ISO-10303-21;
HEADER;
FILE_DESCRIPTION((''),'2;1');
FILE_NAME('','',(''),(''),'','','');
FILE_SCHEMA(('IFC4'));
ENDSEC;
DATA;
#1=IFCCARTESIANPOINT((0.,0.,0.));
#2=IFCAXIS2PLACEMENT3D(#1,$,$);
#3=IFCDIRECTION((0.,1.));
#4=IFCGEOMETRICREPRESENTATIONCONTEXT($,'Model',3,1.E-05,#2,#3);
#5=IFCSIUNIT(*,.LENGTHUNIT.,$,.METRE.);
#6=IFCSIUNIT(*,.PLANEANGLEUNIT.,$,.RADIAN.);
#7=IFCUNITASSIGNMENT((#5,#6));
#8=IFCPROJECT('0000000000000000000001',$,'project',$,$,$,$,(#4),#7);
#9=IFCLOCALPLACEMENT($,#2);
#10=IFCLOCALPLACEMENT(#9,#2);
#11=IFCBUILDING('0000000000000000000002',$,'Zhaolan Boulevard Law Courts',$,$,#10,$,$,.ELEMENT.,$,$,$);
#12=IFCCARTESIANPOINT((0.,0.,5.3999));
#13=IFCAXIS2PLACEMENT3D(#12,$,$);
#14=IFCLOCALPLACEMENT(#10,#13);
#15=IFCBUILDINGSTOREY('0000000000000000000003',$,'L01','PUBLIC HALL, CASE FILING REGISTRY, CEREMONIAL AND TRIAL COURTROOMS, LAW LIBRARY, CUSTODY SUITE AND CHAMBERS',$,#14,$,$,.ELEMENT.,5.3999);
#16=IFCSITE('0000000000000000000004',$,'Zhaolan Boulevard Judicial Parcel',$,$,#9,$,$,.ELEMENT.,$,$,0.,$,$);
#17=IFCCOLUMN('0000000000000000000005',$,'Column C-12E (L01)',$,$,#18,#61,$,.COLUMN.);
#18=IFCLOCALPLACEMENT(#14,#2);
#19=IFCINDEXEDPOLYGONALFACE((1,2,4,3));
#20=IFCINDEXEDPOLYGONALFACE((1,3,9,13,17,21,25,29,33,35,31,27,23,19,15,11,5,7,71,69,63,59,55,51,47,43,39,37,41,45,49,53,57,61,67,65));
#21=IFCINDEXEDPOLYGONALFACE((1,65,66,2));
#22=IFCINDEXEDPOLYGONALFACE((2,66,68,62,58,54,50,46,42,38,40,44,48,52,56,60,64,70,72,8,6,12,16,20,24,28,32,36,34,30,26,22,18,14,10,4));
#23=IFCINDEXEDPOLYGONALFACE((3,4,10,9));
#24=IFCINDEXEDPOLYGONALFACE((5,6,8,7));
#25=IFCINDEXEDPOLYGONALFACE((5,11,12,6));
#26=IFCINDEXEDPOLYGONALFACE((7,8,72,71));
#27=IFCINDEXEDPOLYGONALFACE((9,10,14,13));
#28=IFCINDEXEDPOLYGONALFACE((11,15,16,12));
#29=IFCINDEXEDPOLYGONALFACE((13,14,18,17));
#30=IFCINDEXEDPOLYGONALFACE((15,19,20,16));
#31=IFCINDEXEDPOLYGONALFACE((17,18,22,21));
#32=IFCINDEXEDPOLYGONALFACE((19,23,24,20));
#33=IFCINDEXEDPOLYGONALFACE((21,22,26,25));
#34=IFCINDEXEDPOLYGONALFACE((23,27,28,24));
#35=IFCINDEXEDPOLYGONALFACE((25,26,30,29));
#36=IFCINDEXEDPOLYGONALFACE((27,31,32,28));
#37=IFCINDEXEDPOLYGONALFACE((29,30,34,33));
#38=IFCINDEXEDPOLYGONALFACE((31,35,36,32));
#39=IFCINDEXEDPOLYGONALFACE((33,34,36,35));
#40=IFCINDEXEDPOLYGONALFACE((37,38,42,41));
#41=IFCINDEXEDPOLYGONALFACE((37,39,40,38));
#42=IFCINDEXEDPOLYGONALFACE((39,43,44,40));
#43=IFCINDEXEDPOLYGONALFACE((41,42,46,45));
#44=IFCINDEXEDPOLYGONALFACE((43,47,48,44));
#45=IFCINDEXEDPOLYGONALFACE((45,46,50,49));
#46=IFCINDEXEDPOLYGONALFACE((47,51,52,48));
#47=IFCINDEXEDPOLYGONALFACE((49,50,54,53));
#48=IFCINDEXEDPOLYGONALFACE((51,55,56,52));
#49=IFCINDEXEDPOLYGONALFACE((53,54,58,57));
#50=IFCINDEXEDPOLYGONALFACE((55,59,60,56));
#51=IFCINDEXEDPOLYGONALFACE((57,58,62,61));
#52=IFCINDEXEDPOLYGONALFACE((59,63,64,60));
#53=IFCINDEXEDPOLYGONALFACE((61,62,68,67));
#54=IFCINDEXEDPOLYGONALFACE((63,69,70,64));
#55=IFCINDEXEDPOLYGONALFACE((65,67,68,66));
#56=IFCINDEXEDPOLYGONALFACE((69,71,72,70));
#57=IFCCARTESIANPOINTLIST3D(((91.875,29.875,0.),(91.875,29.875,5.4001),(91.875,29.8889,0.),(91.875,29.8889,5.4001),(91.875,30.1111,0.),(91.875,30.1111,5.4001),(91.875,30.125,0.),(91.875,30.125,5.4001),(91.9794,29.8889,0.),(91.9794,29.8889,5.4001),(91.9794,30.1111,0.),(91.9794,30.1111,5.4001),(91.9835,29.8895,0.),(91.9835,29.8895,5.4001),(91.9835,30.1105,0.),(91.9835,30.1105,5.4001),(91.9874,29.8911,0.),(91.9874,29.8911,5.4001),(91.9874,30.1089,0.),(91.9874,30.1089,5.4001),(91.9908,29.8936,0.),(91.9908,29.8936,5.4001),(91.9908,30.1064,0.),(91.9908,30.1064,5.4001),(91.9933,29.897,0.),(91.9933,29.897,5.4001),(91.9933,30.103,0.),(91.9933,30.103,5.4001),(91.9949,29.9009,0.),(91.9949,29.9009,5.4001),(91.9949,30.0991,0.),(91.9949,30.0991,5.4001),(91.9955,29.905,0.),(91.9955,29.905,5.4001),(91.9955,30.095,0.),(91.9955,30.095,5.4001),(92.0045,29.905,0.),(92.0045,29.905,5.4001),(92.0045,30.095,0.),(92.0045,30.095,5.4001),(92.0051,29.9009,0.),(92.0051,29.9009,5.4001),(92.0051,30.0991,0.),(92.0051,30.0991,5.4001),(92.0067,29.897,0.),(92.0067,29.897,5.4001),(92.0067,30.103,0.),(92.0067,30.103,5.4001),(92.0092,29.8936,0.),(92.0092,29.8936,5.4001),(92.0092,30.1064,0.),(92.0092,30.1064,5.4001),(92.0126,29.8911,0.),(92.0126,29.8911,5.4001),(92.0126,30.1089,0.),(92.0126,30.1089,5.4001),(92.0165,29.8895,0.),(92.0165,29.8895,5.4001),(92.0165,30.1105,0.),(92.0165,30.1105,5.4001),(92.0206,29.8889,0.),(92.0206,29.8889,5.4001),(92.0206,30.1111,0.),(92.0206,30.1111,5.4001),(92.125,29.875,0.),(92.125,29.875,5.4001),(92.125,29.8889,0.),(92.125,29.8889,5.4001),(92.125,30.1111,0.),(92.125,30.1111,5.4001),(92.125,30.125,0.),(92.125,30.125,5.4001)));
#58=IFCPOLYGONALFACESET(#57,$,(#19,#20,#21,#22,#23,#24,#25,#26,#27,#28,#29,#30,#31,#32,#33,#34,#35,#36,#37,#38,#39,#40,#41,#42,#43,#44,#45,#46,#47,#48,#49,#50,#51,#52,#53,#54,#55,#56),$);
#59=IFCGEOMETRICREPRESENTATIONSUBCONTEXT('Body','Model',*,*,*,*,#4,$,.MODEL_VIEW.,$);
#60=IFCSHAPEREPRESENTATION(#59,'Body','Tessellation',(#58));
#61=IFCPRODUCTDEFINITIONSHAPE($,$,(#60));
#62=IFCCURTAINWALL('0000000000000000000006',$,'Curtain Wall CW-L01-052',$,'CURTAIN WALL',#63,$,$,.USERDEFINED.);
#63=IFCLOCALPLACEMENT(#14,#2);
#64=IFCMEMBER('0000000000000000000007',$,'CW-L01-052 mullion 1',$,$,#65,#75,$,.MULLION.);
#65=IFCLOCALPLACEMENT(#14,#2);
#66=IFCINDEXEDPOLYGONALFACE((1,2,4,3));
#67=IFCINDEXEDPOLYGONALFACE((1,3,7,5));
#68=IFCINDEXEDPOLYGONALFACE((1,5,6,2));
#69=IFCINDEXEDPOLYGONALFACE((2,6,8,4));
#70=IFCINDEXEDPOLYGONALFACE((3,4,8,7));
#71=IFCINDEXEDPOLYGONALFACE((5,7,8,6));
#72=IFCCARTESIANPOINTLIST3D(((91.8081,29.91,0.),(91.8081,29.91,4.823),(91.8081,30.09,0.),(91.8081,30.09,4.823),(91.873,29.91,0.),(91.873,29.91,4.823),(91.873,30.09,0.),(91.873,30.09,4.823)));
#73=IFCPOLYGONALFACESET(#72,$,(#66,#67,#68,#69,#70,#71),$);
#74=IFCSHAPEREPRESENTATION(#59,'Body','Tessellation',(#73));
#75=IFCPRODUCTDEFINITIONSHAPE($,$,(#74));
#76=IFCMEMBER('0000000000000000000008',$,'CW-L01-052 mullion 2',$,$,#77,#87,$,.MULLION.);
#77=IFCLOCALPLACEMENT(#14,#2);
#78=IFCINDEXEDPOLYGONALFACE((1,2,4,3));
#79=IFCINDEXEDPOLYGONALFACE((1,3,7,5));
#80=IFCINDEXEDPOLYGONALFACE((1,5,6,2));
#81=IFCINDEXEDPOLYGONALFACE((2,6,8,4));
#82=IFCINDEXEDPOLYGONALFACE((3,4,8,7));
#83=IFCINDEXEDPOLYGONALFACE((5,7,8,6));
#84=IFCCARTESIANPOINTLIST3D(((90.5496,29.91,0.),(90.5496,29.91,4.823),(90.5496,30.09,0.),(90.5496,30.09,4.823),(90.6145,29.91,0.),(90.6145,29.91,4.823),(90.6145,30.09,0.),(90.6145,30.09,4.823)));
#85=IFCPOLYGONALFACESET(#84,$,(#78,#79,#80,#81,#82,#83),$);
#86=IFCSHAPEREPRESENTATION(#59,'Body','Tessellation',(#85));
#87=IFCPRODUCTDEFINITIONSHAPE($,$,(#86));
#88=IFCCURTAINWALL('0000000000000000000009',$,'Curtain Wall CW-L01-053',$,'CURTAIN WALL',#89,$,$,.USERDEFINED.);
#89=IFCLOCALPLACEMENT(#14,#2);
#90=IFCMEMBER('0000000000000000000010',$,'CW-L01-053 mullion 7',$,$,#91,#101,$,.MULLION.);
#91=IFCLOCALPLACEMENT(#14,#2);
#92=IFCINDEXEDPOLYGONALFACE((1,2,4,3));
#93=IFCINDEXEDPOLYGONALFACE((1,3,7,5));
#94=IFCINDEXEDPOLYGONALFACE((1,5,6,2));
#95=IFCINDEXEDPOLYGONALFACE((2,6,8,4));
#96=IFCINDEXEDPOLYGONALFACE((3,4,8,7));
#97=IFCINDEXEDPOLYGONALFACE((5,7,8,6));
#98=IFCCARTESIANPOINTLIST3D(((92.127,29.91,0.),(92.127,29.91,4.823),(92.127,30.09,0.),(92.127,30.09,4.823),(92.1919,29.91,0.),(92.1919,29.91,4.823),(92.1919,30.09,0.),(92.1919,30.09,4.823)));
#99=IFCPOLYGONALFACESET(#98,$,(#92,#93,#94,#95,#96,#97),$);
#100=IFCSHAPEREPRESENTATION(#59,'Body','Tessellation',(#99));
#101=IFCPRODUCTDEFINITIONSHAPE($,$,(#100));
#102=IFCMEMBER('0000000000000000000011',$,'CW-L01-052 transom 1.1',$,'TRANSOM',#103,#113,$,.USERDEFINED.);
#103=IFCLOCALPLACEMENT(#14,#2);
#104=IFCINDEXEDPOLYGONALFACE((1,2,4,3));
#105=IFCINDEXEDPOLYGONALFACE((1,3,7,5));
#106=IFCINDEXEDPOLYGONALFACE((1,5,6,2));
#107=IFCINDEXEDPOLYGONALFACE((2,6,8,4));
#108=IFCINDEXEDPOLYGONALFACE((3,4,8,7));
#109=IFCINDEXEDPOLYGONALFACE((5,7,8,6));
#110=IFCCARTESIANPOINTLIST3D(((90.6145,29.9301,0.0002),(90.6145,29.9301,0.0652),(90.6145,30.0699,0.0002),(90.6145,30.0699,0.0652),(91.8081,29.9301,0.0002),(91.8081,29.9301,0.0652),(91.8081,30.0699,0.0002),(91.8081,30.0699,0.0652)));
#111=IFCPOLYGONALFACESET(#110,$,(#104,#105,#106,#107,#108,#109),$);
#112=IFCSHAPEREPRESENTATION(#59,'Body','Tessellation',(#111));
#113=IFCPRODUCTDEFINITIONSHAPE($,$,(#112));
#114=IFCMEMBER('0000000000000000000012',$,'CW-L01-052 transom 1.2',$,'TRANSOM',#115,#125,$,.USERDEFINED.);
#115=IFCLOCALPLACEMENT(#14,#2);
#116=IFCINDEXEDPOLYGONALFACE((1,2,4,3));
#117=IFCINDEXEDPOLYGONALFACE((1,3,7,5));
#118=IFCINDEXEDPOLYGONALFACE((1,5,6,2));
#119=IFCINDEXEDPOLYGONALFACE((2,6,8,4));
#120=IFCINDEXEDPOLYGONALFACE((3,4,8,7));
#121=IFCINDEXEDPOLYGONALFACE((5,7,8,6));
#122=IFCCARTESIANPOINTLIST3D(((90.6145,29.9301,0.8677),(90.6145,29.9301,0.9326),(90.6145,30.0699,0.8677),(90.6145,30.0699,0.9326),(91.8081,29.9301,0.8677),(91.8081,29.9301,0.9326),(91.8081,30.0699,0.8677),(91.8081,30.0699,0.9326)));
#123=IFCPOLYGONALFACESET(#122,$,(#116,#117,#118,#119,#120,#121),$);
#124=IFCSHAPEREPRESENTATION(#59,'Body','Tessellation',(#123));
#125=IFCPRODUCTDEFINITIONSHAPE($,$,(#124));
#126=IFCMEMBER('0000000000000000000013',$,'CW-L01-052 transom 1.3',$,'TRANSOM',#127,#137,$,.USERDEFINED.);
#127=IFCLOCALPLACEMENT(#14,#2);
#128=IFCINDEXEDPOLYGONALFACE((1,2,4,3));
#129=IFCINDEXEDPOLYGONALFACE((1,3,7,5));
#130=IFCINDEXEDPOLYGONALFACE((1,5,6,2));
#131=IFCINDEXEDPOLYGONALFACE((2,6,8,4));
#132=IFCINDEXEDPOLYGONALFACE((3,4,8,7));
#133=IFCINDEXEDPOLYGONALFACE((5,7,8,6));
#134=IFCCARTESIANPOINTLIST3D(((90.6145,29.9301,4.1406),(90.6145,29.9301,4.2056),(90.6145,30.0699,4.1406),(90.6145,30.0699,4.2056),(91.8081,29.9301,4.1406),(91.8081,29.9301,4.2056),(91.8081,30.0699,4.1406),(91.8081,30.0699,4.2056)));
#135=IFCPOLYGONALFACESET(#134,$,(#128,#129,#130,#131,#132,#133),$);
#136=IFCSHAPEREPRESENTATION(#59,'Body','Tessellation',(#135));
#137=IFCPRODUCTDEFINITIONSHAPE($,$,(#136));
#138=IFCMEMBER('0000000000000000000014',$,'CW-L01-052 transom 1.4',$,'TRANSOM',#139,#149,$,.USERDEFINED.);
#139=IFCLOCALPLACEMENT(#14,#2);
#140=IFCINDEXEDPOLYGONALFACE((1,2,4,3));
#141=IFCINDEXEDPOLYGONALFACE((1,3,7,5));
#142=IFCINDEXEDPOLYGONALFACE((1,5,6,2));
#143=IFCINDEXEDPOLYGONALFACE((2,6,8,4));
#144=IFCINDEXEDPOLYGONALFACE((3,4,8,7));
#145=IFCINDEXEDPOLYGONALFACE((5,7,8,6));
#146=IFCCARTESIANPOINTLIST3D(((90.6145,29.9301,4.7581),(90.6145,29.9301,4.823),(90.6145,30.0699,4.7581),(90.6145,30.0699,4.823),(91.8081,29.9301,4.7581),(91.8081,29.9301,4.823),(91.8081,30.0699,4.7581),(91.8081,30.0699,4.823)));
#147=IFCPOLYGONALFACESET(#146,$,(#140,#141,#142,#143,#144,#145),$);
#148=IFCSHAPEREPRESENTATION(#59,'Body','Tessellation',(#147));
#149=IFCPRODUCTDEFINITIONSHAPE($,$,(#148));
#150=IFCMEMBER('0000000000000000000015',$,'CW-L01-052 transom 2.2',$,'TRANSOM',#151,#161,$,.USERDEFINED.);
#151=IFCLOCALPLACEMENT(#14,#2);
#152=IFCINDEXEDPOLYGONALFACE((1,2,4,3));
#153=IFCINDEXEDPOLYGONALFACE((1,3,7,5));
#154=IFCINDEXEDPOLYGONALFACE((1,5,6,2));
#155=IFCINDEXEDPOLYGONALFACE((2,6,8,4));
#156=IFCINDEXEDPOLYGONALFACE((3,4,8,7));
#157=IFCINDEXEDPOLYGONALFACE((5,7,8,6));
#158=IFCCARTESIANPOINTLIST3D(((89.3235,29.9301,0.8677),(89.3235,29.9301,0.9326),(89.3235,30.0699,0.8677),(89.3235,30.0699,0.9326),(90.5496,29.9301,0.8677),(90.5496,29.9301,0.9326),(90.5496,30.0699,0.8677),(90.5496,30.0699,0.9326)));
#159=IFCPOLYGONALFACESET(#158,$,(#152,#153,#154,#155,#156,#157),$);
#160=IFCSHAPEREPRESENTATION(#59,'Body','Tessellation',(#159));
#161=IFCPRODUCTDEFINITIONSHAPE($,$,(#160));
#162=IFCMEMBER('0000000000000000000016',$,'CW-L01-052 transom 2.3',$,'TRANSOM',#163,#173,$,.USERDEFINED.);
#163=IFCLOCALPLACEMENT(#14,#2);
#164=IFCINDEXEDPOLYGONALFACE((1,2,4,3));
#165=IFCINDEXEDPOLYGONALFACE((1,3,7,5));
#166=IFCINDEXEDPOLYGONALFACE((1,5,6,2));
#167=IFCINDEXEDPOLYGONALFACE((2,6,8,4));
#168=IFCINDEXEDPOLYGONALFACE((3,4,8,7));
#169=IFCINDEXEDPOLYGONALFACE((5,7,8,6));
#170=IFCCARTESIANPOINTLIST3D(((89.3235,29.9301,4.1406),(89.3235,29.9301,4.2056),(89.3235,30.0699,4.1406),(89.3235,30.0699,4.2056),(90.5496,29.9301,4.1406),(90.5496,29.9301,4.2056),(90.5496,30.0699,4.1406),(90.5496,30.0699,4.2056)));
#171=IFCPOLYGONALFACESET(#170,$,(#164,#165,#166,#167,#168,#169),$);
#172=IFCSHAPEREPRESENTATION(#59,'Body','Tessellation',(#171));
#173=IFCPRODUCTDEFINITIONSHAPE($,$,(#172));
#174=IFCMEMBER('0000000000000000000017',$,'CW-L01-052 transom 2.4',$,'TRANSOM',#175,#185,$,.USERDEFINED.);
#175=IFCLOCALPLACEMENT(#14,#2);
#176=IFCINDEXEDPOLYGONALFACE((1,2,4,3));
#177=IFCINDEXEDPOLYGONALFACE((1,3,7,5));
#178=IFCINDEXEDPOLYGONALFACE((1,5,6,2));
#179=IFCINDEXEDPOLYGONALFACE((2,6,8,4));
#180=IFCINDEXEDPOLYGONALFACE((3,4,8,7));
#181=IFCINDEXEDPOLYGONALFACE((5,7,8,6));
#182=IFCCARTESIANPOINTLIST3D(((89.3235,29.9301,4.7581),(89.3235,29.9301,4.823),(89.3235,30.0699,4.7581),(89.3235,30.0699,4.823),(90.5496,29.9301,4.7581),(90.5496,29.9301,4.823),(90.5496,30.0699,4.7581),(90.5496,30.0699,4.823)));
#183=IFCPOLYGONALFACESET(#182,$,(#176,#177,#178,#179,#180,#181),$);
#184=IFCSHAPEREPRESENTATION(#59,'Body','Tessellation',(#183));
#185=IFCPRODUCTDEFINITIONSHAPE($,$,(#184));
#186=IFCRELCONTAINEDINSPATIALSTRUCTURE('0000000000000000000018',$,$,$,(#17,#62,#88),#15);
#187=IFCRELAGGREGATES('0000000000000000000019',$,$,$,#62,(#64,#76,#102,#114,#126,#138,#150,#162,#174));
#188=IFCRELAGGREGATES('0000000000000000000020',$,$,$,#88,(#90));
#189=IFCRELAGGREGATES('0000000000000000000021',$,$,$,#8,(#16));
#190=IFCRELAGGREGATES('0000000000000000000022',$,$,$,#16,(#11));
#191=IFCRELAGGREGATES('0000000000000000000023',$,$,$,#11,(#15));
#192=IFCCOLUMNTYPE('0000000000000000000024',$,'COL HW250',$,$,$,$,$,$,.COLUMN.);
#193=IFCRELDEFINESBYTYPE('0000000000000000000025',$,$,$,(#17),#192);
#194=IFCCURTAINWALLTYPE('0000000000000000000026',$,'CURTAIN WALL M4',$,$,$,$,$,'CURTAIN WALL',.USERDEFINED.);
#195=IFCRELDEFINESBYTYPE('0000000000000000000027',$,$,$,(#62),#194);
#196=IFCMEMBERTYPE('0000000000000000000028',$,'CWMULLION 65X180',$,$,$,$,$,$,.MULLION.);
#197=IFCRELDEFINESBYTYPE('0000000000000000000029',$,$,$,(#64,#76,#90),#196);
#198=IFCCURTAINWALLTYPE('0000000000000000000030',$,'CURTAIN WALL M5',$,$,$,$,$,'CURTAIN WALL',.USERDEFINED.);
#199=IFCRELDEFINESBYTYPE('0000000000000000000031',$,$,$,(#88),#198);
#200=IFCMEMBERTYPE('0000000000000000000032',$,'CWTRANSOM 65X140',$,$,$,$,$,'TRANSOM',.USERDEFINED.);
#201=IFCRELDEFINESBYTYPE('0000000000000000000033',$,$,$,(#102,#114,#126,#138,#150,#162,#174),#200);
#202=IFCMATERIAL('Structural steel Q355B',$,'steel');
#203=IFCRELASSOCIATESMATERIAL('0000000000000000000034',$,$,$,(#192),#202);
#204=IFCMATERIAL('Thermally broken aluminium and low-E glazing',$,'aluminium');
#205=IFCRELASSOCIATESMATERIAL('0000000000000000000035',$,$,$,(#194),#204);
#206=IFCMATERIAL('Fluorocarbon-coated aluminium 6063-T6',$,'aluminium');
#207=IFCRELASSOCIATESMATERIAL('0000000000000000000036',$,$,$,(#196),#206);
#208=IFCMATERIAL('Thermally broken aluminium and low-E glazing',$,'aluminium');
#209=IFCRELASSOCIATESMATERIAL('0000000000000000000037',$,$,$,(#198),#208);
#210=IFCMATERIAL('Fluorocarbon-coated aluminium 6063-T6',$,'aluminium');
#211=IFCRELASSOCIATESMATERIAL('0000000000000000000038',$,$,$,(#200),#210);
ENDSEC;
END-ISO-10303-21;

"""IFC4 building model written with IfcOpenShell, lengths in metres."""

from ifc_helpers import new_model, si_unit, direction, frame, origin, origin_2d, place, context, subcontext, project, spatial, rectangle, i_section, extrude, material, material_profile, profile_set, type_object, element, aggregate, save


model = new_model("IFC4")

# Units and contexts
model_context = context("Model", 3, precision=1e-05, world=origin(), true_north=direction((0.0, 1.0)))
body_context = subcontext(model_context, "Body", "Model", "MODEL_VIEW")
ifc_project = project(units=[si_unit("LENGTHUNIT", "METRE"), si_unit("PLANEANGLEUNIT", "RADIAN")], contexts=[model_context])

# Site, building, storey
site_placement = place(None, origin())
site = spatial("IfcSite", under=ifc_project, at=site_placement, Name="Zhaolan Boulevard Judicial Parcel", CompositionType="ELEMENT", RefElevation=0.0)
building_placement = place(site_placement, origin())
building = spatial("IfcBuilding", under=site, at=building_placement, Name="Zhaolan Boulevard Law Courts", CompositionType="ELEMENT")
storey_placement = place(building_placement, frame((0.0, 0.0, 5.3999)))
storey = spatial("IfcBuildingStorey", under=building, at=storey_placement, Name="L01", Description="PUBLIC HALL, CASE FILING REGISTRY, CEREMONIAL AND TRIAL COURTROOMS, LAW LIBRARY, CUSTODY SUITE AND CHAMBERS", CompositionType="ELEMENT", Elevation=5.3999)

# Column
ifc_material_1 = material(Name="Structural steel Q355B", Category="steel")
ifc_material_profile_1 = material_profile(ifc_material_1, i_section(OverallWidth=0.25, OverallDepth=0.25, WebThickness=0.009, FlangeThickness=0.0139, FilletRadius=0.0161, at=origin_2d()), Name="HW250x250")
ifc_profile_set_1 = profile_set([ifc_material_profile_1], Name="Structural steel Q355B")
column_type = type_object("IfcColumnType", Name="COL HW250", PredefinedType="COLUMN", material=ifc_profile_set_1)
column_placement = place(storey_placement, frame((92.0, 30.0, 0.0), z_axis=(0.0, 0.0, 1.0), x_axis=(1.0, 0.0, 0.0)))
element("IfcColumn", 1, at=column_placement, inside=storey, type_object=column_type, Name="Column C-12E (L01)", PredefinedType="COLUMN", context=body_context, shape_type="SweptSolid", body=[
    extrude(i_section(OverallWidth=0.25, OverallDepth=0.25, WebThickness=0.009, FlangeThickness=0.0139, FilletRadius=0.0161, at=origin_2d()), origin(), (0.0, 0.0, 1.0), 5.4001),
])

# Curtain wall, members
ifc_material_2 = material(Name="Thermally broken aluminium and low-E glazing", Category="aluminium")
curtain_wall_type_1 = type_object("IfcCurtainWallType", Name="CURTAIN WALL M4", ElementType="CURTAIN WALL", PredefinedType="USERDEFINED", material=ifc_material_2)
curtain_wall_1_placement = place(storey_placement, origin())
curtain_wall_1 = element("IfcCurtainWall", 2, at=curtain_wall_1_placement, inside=storey, type_object=curtain_wall_type_1, Name="Curtain Wall CW-L01-052", ObjectType="CURTAIN WALL", PredefinedType="USERDEFINED")
ifc_material_3 = material(Name="Fluorocarbon-coated aluminium 6063-T6", Category="aluminium")
ifc_material_profile_2 = material_profile(ifc_material_3, rectangle(XDim=0.1799, YDim=0.0649, at=origin_2d()), Name="AL65x180")
ifc_profile_set_2 = profile_set([ifc_material_profile_2], Name="Fluorocarbon-coated aluminium 6063-T6")
member_type_1 = type_object("IfcMemberType", Name="CWMULLION 65X180", PredefinedType="MULLION", material=ifc_profile_set_2)
member_1_placement = place(storey_placement, frame((91.8406, 30.0, 0.0), z_axis=(0.0, 0.0, 1.0), x_axis=(0.0, -1.0, 0.0)))
member_1 = element("IfcMember", 3, at=member_1_placement, type_object=member_type_1, Name="CW-L01-052 mullion 1", PredefinedType="MULLION", context=body_context, shape_type="SweptSolid", body=[
    extrude(rectangle(XDim=0.1799, YDim=0.0649, at=origin_2d()), origin(), (0.0, 0.0, 1.0), 4.823),
])
member_2_placement = place(storey_placement, frame((90.582, 30.0, 0.0), z_axis=(0.0, 0.0, 1.0), x_axis=(0.0, -1.0, 0.0)))
member_2 = element("IfcMember", 4, at=member_2_placement, type_object=member_type_1, Name="CW-L01-052 mullion 2", PredefinedType="MULLION", context=body_context, shape_type="SweptSolid", body=[
    extrude(rectangle(XDim=0.1799, YDim=0.0649, at=origin_2d()), origin(), (0.0, 0.0, 1.0), 4.823),
])

# Curtain wall, member
ifc_material_4 = material(Name="Thermally broken aluminium and low-E glazing", Category="aluminium")
curtain_wall_type_2 = type_object("IfcCurtainWallType", Name="CURTAIN WALL M5", ElementType="CURTAIN WALL", PredefinedType="USERDEFINED", material=ifc_material_4)
curtain_wall_2_placement = place(storey_placement, origin())
curtain_wall_2 = element("IfcCurtainWall", 5, at=curtain_wall_2_placement, inside=storey, type_object=curtain_wall_type_2, Name="Curtain Wall CW-L01-053", ObjectType="CURTAIN WALL", PredefinedType="USERDEFINED")
member_3_placement = place(storey_placement, frame((92.1594, 30.0, 0.0), z_axis=(0.0, 0.0, 1.0), x_axis=(0.0, -1.0, 0.0)))
member_3 = element("IfcMember", 6, at=member_3_placement, type_object=member_type_1, Name="CW-L01-053 mullion 7", PredefinedType="MULLION", context=body_context, shape_type="SweptSolid", body=[
    extrude(rectangle(XDim=0.1799, YDim=0.0649, at=origin_2d()), origin(), (0.0, 0.0, 1.0), 4.823),
])

# Members
ifc_material_5 = material(Name="Fluorocarbon-coated aluminium 6063-T6", Category="aluminium")
ifc_material_profile_3 = material_profile(ifc_material_5, rectangle(XDim=0.1399, YDim=0.0649, at=origin_2d()), Name="AL65x140")
ifc_profile_set_3 = profile_set([ifc_material_profile_3], Name="Fluorocarbon-coated aluminium 6063-T6")
member_type_2 = type_object("IfcMemberType", Name="CWTRANSOM 65X140", ElementType="TRANSOM", PredefinedType="USERDEFINED", material=ifc_profile_set_3)
member_4_placement = place(storey_placement, frame((91.8081, 30.0, 0.0327), z_axis=(-1.0, 0.0, 0.0), x_axis=(0.0, -1.0, 0.0)))
member_4 = element("IfcMember", 7, at=member_4_placement, type_object=member_type_2, Name="CW-L01-052 transom 1.1", ObjectType="TRANSOM", PredefinedType="USERDEFINED", context=body_context, shape_type="SweptSolid", body=[
    extrude(rectangle(XDim=0.1399, YDim=0.0649, at=origin_2d()), origin(), (0.0, 0.0, 1.0), 1.1936),
])
member_5_placement = place(storey_placement, frame((91.8081, 30.0, 0.9001), z_axis=(-1.0, 0.0, 0.0), x_axis=(0.0, -1.0, 0.0)))
member_5 = element("IfcMember", 8, at=member_5_placement, type_object=member_type_2, Name="CW-L01-052 transom 1.2", ObjectType="TRANSOM", PredefinedType="USERDEFINED", context=body_context, shape_type="SweptSolid", body=[
    extrude(rectangle(XDim=0.1399, YDim=0.0649, at=origin_2d()), origin(), (0.0, 0.0, 1.0), 1.1936),
])
member_6_placement = place(storey_placement, frame((91.8081, 30.0, 4.1731), z_axis=(-1.0, 0.0, 0.0), x_axis=(0.0, -1.0, 0.0)))
member_6 = element("IfcMember", 9, at=member_6_placement, type_object=member_type_2, Name="CW-L01-052 transom 1.3", ObjectType="TRANSOM", PredefinedType="USERDEFINED", context=body_context, shape_type="SweptSolid", body=[
    extrude(rectangle(XDim=0.1399, YDim=0.0649, at=origin_2d()), origin(), (0.0, 0.0, 1.0), 1.1936),
])
member_7_placement = place(storey_placement, frame((91.8081, 30.0, 4.7905), z_axis=(-1.0, 0.0, 0.0), x_axis=(0.0, -1.0, 0.0)))
member_7 = element("IfcMember", 10, at=member_7_placement, type_object=member_type_2, Name="CW-L01-052 transom 1.4", ObjectType="TRANSOM", PredefinedType="USERDEFINED", context=body_context, shape_type="SweptSolid", body=[
    extrude(rectangle(XDim=0.1399, YDim=0.0649, at=origin_2d()), origin(), (0.0, 0.0, 1.0), 1.1936),
])
member_8_placement = place(storey_placement, frame((90.5496, 30.0, 0.9001), z_axis=(-1.0, 0.0, 0.0), x_axis=(0.0, -1.0, 0.0)))
member_8 = element("IfcMember", 11, at=member_8_placement, type_object=member_type_2, Name="CW-L01-052 transom 2.2", ObjectType="TRANSOM", PredefinedType="USERDEFINED", context=body_context, shape_type="SweptSolid", body=[
    extrude(rectangle(XDim=0.1399, YDim=0.0649, at=origin_2d()), origin(), (0.0, 0.0, 1.0), 1.2261),
])
member_9_placement = place(storey_placement, frame((90.5496, 30.0, 4.1731), z_axis=(-1.0, 0.0, 0.0), x_axis=(0.0, -1.0, 0.0)))
member_9 = element("IfcMember", 12, at=member_9_placement, type_object=member_type_2, Name="CW-L01-052 transom 2.3", ObjectType="TRANSOM", PredefinedType="USERDEFINED", context=body_context, shape_type="SweptSolid", body=[
    extrude(rectangle(XDim=0.1399, YDim=0.0649, at=origin_2d()), origin(), (0.0, 0.0, 1.0), 1.2261),
])
member_10_placement = place(storey_placement, frame((90.5496, 30.0, 4.7905), z_axis=(-1.0, 0.0, 0.0), x_axis=(0.0, -1.0, 0.0)))
member_10 = element("IfcMember", 13, at=member_10_placement, type_object=member_type_2, Name="CW-L01-052 transom 2.4", ObjectType="TRANSOM", PredefinedType="USERDEFINED", context=body_context, shape_type="SweptSolid", body=[
    extrude(rectangle(XDim=0.1399, YDim=0.0649, at=origin_2d()), origin(), (0.0, 0.0, 1.0), 1.2261),
])

aggregate(curtain_wall_1, [member_1, member_2, member_4, member_5, member_6, member_7, member_8, member_9, member_10])
aggregate(curtain_wall_2, [member_3])

save(model, "model.ifc")
